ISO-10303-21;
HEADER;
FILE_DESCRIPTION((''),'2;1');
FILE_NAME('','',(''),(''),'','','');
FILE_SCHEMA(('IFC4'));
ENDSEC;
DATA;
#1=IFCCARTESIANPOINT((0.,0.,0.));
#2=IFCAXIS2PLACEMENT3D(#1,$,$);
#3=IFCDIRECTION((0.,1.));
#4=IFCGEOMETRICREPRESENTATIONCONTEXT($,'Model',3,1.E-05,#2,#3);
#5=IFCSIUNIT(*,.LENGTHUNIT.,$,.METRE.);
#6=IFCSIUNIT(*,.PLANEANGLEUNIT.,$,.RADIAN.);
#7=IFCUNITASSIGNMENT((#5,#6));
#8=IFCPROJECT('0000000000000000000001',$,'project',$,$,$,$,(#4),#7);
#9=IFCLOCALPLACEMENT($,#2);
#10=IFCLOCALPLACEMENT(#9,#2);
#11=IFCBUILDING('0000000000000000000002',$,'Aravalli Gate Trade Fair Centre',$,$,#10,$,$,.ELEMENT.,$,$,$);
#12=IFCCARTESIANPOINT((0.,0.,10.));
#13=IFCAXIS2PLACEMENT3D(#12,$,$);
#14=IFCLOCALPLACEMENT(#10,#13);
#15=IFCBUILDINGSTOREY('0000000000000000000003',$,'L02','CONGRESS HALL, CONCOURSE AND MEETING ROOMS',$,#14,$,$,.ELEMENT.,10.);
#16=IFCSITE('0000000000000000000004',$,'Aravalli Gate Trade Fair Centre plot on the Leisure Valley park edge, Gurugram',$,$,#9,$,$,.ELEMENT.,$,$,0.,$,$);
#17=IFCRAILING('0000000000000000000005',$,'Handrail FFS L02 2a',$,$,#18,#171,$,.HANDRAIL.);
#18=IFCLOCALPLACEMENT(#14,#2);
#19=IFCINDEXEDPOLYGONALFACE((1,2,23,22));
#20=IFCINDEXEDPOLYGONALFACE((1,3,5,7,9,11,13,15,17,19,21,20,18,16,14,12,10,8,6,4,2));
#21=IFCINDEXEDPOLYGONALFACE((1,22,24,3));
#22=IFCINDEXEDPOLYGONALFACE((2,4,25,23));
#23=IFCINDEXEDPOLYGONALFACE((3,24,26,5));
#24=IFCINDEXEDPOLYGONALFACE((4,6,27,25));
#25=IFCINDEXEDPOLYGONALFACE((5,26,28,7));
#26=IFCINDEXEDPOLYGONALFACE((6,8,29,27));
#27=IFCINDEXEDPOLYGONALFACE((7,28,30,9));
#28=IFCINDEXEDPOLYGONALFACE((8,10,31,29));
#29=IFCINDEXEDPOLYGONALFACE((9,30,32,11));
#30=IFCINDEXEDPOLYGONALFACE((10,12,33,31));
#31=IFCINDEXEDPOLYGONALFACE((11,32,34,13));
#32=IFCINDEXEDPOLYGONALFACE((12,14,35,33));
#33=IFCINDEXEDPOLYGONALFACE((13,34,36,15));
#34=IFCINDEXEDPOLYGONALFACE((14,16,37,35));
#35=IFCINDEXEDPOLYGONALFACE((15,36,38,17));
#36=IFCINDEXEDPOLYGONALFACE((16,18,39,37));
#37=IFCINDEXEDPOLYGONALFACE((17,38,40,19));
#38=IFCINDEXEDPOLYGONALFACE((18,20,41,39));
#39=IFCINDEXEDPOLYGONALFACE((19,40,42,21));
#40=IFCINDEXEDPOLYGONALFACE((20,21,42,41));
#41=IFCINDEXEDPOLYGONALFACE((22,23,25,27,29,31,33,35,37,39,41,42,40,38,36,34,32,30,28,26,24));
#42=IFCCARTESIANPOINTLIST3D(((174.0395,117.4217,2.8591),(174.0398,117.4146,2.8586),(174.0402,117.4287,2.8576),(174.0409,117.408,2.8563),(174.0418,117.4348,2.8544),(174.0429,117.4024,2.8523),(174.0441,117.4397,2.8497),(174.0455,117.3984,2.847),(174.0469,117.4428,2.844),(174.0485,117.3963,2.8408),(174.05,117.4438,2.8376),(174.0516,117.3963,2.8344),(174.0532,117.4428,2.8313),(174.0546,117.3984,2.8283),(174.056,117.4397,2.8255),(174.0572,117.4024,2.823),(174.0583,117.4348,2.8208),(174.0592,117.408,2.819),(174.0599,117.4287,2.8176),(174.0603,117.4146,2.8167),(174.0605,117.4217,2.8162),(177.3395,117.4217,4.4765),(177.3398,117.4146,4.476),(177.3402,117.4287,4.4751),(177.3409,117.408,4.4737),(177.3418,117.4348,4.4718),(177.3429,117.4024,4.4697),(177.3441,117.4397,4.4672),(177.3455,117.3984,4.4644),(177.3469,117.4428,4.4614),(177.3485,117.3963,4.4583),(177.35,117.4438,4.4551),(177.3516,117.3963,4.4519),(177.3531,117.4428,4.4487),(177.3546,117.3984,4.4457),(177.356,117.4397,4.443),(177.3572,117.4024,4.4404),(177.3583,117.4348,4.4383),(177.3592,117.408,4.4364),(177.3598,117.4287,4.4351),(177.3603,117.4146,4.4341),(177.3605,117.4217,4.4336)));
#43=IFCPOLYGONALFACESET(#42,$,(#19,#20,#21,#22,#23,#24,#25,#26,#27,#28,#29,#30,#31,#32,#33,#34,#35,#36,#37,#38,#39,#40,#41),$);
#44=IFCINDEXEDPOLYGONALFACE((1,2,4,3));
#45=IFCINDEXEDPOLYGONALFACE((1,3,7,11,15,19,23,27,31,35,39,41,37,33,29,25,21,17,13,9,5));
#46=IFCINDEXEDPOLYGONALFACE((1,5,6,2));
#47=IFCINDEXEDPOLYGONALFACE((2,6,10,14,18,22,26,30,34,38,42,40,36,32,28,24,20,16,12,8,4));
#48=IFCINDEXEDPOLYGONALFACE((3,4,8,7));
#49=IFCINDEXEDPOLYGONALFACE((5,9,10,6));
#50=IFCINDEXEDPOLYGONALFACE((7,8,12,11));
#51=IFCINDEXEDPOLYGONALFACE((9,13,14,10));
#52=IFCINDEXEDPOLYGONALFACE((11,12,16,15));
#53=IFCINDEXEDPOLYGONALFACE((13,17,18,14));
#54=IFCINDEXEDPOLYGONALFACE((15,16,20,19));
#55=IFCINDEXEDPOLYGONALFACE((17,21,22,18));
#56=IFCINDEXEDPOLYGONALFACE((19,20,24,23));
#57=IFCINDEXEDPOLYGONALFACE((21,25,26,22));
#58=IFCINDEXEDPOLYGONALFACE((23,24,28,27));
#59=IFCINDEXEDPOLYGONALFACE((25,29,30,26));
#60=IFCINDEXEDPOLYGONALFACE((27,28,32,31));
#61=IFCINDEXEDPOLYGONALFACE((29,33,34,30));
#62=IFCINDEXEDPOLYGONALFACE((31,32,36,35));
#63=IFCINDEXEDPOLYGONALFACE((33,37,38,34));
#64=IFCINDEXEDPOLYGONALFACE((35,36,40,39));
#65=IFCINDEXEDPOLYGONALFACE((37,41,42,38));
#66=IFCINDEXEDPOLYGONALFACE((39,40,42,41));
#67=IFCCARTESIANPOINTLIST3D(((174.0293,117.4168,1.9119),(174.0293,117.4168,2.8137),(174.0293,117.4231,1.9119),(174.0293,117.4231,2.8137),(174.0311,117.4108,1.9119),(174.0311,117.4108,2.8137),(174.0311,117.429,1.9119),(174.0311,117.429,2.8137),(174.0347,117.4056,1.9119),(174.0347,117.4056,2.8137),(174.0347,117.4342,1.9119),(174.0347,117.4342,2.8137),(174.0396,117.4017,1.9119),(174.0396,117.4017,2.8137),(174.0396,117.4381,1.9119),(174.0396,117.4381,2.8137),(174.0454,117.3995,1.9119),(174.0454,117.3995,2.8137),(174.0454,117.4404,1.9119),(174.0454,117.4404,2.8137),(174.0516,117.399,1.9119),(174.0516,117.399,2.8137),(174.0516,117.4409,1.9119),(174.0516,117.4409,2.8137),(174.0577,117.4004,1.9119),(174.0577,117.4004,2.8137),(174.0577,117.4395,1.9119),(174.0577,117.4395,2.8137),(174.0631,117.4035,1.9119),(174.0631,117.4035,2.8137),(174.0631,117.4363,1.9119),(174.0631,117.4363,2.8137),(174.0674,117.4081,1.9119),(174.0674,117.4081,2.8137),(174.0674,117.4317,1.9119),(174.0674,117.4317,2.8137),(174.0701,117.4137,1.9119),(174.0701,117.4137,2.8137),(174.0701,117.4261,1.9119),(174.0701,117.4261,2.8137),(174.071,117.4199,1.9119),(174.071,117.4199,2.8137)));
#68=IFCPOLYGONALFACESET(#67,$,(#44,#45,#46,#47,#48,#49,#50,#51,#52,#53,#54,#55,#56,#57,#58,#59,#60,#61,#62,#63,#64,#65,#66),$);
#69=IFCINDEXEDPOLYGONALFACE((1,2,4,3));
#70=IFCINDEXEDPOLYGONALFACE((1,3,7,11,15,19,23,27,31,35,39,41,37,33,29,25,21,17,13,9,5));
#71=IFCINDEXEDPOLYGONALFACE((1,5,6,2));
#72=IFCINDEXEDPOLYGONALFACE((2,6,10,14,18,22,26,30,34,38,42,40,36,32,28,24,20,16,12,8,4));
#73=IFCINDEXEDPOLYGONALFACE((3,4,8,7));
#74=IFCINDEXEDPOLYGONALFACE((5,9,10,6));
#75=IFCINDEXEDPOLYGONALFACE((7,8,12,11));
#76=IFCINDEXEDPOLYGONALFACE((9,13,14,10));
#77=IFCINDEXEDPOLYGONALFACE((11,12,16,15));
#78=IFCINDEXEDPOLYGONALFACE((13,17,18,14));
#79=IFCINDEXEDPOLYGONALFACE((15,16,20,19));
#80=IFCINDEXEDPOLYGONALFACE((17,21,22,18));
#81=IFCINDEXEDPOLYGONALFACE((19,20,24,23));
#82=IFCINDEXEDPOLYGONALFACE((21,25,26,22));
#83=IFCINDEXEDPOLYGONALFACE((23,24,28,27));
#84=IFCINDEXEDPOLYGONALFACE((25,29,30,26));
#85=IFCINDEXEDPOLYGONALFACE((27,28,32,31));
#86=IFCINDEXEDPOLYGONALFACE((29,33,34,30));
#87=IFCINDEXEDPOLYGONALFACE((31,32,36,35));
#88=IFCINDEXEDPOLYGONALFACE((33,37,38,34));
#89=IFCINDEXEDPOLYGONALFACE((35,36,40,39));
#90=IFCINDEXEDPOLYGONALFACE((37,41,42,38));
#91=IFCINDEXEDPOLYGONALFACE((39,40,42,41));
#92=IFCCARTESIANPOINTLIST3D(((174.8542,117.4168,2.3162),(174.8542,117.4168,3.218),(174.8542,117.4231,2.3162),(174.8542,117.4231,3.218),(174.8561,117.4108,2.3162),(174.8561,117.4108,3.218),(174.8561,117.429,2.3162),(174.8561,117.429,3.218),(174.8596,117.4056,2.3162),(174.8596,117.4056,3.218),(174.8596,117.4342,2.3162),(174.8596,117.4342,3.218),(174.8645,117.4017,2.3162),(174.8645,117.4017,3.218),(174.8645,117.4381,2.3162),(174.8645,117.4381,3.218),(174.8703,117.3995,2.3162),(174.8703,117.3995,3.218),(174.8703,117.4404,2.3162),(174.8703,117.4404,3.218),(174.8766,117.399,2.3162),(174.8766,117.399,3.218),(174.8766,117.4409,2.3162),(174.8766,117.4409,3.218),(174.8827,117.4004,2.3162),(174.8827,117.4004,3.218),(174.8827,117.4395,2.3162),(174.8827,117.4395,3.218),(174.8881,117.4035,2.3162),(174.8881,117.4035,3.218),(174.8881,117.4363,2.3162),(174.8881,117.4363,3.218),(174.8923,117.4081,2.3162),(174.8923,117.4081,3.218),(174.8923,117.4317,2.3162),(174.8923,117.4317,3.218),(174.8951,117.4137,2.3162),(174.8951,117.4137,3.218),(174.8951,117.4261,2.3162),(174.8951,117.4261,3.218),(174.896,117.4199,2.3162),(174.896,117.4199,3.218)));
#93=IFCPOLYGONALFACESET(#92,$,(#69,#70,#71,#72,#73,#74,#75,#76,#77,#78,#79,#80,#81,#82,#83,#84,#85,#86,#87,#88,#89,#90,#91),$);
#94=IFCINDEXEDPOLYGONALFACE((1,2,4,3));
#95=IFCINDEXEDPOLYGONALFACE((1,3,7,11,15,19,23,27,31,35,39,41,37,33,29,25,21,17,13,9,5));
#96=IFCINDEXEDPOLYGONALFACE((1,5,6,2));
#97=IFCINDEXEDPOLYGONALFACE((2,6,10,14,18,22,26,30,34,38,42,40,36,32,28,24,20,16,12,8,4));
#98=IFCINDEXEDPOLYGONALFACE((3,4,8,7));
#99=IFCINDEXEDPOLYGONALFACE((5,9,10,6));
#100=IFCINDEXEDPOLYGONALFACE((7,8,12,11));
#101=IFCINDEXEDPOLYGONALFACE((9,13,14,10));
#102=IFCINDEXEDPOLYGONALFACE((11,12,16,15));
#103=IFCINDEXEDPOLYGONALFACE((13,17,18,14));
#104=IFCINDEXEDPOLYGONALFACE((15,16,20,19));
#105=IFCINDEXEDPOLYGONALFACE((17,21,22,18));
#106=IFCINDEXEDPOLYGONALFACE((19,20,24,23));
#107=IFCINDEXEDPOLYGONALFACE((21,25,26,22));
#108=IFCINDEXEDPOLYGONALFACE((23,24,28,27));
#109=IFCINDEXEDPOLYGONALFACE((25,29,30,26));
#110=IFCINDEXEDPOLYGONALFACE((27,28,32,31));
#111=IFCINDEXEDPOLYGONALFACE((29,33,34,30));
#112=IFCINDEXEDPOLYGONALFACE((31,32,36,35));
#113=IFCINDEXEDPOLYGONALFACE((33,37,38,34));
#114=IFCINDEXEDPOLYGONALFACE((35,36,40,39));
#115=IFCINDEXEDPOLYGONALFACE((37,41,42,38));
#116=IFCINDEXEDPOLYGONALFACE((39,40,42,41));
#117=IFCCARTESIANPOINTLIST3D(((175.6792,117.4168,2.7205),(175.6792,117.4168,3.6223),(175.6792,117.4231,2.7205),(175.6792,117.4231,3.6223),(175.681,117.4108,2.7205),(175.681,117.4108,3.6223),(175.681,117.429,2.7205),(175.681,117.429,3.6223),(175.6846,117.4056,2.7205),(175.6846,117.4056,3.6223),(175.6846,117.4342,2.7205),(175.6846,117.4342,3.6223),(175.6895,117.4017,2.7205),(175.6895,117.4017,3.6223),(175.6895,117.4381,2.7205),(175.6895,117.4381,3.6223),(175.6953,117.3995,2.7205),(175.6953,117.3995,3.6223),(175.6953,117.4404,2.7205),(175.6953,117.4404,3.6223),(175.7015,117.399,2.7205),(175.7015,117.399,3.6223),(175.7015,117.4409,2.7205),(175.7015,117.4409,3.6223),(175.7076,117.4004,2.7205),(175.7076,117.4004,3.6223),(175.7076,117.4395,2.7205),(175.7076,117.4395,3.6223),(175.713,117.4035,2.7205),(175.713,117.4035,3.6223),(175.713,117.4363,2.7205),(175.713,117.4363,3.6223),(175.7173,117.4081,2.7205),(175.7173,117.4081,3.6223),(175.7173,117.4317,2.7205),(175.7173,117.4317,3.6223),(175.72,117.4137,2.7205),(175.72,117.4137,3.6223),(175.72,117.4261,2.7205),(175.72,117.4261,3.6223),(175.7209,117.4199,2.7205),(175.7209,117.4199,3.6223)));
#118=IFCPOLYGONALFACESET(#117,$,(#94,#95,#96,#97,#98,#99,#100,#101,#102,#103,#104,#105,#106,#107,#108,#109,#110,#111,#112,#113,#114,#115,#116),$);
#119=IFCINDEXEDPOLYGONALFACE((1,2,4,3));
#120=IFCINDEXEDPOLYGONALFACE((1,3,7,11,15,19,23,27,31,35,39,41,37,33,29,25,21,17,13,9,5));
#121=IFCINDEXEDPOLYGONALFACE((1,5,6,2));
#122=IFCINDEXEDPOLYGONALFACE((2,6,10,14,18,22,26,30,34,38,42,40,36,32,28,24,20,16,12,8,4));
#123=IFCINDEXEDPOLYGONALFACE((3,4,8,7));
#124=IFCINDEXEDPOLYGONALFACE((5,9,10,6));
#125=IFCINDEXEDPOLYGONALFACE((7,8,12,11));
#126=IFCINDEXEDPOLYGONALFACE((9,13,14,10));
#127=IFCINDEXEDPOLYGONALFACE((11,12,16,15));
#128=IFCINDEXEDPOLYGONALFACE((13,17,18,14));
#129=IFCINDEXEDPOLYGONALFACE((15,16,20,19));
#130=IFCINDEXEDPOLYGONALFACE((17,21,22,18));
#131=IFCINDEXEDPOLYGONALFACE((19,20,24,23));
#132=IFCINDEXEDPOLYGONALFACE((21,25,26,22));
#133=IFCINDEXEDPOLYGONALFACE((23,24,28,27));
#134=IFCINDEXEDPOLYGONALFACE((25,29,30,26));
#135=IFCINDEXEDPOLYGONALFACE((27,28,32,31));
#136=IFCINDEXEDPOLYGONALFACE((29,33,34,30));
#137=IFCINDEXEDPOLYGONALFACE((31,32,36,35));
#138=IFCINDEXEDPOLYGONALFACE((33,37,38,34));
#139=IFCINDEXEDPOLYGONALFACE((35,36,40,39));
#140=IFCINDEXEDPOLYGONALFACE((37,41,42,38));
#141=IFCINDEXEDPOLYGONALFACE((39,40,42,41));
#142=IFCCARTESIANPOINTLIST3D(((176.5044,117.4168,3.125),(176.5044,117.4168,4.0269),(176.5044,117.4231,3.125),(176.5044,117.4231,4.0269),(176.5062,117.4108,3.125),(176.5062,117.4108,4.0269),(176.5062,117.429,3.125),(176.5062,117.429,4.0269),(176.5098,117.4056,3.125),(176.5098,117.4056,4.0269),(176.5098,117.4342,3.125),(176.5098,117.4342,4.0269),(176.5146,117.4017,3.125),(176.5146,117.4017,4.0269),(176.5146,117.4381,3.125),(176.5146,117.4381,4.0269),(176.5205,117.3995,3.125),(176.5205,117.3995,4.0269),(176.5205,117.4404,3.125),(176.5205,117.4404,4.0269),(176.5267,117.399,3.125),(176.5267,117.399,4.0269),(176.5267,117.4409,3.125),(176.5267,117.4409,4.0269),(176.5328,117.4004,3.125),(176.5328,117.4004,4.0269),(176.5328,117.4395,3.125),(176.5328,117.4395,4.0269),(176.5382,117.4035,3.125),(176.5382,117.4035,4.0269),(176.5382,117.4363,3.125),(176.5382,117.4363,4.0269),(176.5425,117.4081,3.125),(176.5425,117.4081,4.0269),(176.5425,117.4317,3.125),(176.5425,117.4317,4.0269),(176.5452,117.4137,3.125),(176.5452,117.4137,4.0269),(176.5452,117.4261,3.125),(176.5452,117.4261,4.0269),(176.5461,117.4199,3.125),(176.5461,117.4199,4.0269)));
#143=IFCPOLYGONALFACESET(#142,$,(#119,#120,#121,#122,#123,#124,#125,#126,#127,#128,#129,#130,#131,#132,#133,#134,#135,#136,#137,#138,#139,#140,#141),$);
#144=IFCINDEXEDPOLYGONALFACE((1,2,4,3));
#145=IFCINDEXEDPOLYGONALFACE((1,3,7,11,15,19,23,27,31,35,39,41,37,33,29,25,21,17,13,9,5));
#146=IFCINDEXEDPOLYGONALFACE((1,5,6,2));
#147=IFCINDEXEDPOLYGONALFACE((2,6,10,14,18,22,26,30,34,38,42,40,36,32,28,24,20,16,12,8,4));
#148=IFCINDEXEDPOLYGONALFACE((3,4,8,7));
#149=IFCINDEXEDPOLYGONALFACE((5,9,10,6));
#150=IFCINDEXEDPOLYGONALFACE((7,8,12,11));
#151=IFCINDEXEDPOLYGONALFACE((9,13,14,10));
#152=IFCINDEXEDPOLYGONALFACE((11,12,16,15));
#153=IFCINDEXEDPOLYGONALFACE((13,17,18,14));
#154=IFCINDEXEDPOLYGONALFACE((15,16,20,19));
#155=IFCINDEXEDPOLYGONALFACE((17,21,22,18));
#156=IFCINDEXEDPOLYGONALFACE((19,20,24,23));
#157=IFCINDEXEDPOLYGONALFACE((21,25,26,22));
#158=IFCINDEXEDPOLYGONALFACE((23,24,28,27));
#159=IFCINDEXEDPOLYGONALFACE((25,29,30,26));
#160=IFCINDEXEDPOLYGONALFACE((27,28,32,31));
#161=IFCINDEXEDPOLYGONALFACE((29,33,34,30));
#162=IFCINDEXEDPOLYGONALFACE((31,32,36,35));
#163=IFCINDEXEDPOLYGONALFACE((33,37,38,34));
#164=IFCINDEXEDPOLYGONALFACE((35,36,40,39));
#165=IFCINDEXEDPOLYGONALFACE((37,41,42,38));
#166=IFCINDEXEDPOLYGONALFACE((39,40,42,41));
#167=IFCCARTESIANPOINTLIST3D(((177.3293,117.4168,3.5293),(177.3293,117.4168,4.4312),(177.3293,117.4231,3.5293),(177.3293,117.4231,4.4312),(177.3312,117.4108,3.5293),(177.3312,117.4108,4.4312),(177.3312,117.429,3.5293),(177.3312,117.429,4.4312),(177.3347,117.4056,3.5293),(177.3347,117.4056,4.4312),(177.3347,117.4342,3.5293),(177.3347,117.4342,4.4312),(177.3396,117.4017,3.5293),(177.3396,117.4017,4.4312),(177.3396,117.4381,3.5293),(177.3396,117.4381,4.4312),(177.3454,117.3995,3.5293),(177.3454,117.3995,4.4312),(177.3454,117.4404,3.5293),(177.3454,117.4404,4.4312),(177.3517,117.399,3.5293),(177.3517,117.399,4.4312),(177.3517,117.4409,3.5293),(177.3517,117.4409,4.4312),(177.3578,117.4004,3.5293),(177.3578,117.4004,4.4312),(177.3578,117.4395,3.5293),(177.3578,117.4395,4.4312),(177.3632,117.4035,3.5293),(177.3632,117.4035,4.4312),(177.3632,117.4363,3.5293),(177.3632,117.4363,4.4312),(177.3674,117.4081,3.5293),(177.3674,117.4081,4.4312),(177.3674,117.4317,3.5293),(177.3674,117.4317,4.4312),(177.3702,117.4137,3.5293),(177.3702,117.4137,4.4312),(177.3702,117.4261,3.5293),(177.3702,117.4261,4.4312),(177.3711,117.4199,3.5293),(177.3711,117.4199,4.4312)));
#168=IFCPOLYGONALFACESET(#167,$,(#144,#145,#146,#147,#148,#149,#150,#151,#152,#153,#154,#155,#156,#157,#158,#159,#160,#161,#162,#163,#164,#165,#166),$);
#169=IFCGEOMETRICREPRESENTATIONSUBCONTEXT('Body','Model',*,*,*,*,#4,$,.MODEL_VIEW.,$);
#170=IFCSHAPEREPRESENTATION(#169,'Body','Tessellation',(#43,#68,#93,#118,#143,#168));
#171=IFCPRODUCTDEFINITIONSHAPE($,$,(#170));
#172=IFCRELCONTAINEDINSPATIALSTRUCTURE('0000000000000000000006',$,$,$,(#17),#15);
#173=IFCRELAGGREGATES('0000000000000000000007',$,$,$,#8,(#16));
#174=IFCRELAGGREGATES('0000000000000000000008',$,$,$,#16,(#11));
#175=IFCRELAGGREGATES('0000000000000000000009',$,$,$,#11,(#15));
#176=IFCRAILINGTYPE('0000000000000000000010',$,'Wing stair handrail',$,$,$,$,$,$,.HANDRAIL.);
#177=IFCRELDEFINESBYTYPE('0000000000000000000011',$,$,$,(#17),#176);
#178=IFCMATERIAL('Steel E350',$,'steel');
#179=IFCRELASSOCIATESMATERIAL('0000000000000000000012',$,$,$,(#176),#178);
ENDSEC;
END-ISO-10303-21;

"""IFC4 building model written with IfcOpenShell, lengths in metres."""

from ifc_helpers import new_model, si_unit, direction, frame, origin, origin_2d, place, context, subcontext, project, spatial, circle, extrude, material, type_object, element, save


model = new_model("IFC4")

# Units and contexts
model_context = context("Model", 3, precision=1e-05, world=origin(), true_north=direction((0.0, 1.0)))
body_context = subcontext(model_context, "Body", "Model", "MODEL_VIEW")
ifc_project = project(units=[si_unit("LENGTHUNIT", "METRE"), si_unit("PLANEANGLEUNIT", "RADIAN")], contexts=[model_context])

# Site, building, storey
site_placement = place(None, origin())
site = spatial("IfcSite", under=ifc_project, at=site_placement, Name="Aravalli Gate Trade Fair Centre plot on the Leisure Valley park edge, Gurugram", CompositionType="ELEMENT", RefElevation=0.0)
building_placement = place(site_placement, origin())
building = spatial("IfcBuilding", under=site, at=building_placement, Name="Aravalli Gate Trade Fair Centre", CompositionType="ELEMENT")
storey_placement = place(building_placement, frame((0.0, 0.0, 10.0)))
storey = spatial("IfcBuildingStorey", under=building, at=storey_placement, Name="L02", Description="CONGRESS HALL, CONCOURSE AND MEETING ROOMS", CompositionType="ELEMENT", Elevation=10.0)

# Railing
ifc_material_1 = material(Name="Steel E350", Category="steel")
railing_type = type_object("IfcRailingType", Name="Wing stair handrail", PredefinedType="HANDRAIL", material=ifc_material_1)
for number, where, name in (
    (1, (174.05, 117.4199, 1.9119), "Handrail FFS L02 2a"),
):
    element("IfcRailing", number, at=place(storey_placement, frame(where)), inside=storey, type_object=railing_type, Name=name, PredefinedType="HANDRAIL", context=body_context, shape_type="SweptSolid", body=[
        extrude(circle(Radius=0.0239, at=origin_2d()), frame((0.0, 0.0, 0.9258), z_axis=(0.897946, 0.0, 0.440105), x_axis=(0.0, 1.0, 0.0)), (0.0, 0.0, 1.0), 3.675),
        extrude(circle(Radius=0.021, at=origin_2d()), origin(), (0.0, 0.0, 1.0), 0.9019),
        extrude(circle(Radius=0.021, at=origin_2d()), frame((0.825, 0.0, 0.4043)), (0.0, 0.0, 1.0), 0.9019),
        extrude(circle(Radius=0.021, at=origin_2d()), frame((1.6499, 0.0, 0.8086)), (0.0, 0.0, 1.0), 0.9019),
        extrude(circle(Radius=0.021, at=origin_2d()), frame((2.4751, 0.0, 1.2131)), (0.0, 0.0, 1.0), 0.9019),
        extrude(circle(Radius=0.021, at=origin_2d()), frame((3.3, 0.0, 1.6174)), (0.0, 0.0, 1.0), 0.9019),
    ])

save(model, "model.ifc")
